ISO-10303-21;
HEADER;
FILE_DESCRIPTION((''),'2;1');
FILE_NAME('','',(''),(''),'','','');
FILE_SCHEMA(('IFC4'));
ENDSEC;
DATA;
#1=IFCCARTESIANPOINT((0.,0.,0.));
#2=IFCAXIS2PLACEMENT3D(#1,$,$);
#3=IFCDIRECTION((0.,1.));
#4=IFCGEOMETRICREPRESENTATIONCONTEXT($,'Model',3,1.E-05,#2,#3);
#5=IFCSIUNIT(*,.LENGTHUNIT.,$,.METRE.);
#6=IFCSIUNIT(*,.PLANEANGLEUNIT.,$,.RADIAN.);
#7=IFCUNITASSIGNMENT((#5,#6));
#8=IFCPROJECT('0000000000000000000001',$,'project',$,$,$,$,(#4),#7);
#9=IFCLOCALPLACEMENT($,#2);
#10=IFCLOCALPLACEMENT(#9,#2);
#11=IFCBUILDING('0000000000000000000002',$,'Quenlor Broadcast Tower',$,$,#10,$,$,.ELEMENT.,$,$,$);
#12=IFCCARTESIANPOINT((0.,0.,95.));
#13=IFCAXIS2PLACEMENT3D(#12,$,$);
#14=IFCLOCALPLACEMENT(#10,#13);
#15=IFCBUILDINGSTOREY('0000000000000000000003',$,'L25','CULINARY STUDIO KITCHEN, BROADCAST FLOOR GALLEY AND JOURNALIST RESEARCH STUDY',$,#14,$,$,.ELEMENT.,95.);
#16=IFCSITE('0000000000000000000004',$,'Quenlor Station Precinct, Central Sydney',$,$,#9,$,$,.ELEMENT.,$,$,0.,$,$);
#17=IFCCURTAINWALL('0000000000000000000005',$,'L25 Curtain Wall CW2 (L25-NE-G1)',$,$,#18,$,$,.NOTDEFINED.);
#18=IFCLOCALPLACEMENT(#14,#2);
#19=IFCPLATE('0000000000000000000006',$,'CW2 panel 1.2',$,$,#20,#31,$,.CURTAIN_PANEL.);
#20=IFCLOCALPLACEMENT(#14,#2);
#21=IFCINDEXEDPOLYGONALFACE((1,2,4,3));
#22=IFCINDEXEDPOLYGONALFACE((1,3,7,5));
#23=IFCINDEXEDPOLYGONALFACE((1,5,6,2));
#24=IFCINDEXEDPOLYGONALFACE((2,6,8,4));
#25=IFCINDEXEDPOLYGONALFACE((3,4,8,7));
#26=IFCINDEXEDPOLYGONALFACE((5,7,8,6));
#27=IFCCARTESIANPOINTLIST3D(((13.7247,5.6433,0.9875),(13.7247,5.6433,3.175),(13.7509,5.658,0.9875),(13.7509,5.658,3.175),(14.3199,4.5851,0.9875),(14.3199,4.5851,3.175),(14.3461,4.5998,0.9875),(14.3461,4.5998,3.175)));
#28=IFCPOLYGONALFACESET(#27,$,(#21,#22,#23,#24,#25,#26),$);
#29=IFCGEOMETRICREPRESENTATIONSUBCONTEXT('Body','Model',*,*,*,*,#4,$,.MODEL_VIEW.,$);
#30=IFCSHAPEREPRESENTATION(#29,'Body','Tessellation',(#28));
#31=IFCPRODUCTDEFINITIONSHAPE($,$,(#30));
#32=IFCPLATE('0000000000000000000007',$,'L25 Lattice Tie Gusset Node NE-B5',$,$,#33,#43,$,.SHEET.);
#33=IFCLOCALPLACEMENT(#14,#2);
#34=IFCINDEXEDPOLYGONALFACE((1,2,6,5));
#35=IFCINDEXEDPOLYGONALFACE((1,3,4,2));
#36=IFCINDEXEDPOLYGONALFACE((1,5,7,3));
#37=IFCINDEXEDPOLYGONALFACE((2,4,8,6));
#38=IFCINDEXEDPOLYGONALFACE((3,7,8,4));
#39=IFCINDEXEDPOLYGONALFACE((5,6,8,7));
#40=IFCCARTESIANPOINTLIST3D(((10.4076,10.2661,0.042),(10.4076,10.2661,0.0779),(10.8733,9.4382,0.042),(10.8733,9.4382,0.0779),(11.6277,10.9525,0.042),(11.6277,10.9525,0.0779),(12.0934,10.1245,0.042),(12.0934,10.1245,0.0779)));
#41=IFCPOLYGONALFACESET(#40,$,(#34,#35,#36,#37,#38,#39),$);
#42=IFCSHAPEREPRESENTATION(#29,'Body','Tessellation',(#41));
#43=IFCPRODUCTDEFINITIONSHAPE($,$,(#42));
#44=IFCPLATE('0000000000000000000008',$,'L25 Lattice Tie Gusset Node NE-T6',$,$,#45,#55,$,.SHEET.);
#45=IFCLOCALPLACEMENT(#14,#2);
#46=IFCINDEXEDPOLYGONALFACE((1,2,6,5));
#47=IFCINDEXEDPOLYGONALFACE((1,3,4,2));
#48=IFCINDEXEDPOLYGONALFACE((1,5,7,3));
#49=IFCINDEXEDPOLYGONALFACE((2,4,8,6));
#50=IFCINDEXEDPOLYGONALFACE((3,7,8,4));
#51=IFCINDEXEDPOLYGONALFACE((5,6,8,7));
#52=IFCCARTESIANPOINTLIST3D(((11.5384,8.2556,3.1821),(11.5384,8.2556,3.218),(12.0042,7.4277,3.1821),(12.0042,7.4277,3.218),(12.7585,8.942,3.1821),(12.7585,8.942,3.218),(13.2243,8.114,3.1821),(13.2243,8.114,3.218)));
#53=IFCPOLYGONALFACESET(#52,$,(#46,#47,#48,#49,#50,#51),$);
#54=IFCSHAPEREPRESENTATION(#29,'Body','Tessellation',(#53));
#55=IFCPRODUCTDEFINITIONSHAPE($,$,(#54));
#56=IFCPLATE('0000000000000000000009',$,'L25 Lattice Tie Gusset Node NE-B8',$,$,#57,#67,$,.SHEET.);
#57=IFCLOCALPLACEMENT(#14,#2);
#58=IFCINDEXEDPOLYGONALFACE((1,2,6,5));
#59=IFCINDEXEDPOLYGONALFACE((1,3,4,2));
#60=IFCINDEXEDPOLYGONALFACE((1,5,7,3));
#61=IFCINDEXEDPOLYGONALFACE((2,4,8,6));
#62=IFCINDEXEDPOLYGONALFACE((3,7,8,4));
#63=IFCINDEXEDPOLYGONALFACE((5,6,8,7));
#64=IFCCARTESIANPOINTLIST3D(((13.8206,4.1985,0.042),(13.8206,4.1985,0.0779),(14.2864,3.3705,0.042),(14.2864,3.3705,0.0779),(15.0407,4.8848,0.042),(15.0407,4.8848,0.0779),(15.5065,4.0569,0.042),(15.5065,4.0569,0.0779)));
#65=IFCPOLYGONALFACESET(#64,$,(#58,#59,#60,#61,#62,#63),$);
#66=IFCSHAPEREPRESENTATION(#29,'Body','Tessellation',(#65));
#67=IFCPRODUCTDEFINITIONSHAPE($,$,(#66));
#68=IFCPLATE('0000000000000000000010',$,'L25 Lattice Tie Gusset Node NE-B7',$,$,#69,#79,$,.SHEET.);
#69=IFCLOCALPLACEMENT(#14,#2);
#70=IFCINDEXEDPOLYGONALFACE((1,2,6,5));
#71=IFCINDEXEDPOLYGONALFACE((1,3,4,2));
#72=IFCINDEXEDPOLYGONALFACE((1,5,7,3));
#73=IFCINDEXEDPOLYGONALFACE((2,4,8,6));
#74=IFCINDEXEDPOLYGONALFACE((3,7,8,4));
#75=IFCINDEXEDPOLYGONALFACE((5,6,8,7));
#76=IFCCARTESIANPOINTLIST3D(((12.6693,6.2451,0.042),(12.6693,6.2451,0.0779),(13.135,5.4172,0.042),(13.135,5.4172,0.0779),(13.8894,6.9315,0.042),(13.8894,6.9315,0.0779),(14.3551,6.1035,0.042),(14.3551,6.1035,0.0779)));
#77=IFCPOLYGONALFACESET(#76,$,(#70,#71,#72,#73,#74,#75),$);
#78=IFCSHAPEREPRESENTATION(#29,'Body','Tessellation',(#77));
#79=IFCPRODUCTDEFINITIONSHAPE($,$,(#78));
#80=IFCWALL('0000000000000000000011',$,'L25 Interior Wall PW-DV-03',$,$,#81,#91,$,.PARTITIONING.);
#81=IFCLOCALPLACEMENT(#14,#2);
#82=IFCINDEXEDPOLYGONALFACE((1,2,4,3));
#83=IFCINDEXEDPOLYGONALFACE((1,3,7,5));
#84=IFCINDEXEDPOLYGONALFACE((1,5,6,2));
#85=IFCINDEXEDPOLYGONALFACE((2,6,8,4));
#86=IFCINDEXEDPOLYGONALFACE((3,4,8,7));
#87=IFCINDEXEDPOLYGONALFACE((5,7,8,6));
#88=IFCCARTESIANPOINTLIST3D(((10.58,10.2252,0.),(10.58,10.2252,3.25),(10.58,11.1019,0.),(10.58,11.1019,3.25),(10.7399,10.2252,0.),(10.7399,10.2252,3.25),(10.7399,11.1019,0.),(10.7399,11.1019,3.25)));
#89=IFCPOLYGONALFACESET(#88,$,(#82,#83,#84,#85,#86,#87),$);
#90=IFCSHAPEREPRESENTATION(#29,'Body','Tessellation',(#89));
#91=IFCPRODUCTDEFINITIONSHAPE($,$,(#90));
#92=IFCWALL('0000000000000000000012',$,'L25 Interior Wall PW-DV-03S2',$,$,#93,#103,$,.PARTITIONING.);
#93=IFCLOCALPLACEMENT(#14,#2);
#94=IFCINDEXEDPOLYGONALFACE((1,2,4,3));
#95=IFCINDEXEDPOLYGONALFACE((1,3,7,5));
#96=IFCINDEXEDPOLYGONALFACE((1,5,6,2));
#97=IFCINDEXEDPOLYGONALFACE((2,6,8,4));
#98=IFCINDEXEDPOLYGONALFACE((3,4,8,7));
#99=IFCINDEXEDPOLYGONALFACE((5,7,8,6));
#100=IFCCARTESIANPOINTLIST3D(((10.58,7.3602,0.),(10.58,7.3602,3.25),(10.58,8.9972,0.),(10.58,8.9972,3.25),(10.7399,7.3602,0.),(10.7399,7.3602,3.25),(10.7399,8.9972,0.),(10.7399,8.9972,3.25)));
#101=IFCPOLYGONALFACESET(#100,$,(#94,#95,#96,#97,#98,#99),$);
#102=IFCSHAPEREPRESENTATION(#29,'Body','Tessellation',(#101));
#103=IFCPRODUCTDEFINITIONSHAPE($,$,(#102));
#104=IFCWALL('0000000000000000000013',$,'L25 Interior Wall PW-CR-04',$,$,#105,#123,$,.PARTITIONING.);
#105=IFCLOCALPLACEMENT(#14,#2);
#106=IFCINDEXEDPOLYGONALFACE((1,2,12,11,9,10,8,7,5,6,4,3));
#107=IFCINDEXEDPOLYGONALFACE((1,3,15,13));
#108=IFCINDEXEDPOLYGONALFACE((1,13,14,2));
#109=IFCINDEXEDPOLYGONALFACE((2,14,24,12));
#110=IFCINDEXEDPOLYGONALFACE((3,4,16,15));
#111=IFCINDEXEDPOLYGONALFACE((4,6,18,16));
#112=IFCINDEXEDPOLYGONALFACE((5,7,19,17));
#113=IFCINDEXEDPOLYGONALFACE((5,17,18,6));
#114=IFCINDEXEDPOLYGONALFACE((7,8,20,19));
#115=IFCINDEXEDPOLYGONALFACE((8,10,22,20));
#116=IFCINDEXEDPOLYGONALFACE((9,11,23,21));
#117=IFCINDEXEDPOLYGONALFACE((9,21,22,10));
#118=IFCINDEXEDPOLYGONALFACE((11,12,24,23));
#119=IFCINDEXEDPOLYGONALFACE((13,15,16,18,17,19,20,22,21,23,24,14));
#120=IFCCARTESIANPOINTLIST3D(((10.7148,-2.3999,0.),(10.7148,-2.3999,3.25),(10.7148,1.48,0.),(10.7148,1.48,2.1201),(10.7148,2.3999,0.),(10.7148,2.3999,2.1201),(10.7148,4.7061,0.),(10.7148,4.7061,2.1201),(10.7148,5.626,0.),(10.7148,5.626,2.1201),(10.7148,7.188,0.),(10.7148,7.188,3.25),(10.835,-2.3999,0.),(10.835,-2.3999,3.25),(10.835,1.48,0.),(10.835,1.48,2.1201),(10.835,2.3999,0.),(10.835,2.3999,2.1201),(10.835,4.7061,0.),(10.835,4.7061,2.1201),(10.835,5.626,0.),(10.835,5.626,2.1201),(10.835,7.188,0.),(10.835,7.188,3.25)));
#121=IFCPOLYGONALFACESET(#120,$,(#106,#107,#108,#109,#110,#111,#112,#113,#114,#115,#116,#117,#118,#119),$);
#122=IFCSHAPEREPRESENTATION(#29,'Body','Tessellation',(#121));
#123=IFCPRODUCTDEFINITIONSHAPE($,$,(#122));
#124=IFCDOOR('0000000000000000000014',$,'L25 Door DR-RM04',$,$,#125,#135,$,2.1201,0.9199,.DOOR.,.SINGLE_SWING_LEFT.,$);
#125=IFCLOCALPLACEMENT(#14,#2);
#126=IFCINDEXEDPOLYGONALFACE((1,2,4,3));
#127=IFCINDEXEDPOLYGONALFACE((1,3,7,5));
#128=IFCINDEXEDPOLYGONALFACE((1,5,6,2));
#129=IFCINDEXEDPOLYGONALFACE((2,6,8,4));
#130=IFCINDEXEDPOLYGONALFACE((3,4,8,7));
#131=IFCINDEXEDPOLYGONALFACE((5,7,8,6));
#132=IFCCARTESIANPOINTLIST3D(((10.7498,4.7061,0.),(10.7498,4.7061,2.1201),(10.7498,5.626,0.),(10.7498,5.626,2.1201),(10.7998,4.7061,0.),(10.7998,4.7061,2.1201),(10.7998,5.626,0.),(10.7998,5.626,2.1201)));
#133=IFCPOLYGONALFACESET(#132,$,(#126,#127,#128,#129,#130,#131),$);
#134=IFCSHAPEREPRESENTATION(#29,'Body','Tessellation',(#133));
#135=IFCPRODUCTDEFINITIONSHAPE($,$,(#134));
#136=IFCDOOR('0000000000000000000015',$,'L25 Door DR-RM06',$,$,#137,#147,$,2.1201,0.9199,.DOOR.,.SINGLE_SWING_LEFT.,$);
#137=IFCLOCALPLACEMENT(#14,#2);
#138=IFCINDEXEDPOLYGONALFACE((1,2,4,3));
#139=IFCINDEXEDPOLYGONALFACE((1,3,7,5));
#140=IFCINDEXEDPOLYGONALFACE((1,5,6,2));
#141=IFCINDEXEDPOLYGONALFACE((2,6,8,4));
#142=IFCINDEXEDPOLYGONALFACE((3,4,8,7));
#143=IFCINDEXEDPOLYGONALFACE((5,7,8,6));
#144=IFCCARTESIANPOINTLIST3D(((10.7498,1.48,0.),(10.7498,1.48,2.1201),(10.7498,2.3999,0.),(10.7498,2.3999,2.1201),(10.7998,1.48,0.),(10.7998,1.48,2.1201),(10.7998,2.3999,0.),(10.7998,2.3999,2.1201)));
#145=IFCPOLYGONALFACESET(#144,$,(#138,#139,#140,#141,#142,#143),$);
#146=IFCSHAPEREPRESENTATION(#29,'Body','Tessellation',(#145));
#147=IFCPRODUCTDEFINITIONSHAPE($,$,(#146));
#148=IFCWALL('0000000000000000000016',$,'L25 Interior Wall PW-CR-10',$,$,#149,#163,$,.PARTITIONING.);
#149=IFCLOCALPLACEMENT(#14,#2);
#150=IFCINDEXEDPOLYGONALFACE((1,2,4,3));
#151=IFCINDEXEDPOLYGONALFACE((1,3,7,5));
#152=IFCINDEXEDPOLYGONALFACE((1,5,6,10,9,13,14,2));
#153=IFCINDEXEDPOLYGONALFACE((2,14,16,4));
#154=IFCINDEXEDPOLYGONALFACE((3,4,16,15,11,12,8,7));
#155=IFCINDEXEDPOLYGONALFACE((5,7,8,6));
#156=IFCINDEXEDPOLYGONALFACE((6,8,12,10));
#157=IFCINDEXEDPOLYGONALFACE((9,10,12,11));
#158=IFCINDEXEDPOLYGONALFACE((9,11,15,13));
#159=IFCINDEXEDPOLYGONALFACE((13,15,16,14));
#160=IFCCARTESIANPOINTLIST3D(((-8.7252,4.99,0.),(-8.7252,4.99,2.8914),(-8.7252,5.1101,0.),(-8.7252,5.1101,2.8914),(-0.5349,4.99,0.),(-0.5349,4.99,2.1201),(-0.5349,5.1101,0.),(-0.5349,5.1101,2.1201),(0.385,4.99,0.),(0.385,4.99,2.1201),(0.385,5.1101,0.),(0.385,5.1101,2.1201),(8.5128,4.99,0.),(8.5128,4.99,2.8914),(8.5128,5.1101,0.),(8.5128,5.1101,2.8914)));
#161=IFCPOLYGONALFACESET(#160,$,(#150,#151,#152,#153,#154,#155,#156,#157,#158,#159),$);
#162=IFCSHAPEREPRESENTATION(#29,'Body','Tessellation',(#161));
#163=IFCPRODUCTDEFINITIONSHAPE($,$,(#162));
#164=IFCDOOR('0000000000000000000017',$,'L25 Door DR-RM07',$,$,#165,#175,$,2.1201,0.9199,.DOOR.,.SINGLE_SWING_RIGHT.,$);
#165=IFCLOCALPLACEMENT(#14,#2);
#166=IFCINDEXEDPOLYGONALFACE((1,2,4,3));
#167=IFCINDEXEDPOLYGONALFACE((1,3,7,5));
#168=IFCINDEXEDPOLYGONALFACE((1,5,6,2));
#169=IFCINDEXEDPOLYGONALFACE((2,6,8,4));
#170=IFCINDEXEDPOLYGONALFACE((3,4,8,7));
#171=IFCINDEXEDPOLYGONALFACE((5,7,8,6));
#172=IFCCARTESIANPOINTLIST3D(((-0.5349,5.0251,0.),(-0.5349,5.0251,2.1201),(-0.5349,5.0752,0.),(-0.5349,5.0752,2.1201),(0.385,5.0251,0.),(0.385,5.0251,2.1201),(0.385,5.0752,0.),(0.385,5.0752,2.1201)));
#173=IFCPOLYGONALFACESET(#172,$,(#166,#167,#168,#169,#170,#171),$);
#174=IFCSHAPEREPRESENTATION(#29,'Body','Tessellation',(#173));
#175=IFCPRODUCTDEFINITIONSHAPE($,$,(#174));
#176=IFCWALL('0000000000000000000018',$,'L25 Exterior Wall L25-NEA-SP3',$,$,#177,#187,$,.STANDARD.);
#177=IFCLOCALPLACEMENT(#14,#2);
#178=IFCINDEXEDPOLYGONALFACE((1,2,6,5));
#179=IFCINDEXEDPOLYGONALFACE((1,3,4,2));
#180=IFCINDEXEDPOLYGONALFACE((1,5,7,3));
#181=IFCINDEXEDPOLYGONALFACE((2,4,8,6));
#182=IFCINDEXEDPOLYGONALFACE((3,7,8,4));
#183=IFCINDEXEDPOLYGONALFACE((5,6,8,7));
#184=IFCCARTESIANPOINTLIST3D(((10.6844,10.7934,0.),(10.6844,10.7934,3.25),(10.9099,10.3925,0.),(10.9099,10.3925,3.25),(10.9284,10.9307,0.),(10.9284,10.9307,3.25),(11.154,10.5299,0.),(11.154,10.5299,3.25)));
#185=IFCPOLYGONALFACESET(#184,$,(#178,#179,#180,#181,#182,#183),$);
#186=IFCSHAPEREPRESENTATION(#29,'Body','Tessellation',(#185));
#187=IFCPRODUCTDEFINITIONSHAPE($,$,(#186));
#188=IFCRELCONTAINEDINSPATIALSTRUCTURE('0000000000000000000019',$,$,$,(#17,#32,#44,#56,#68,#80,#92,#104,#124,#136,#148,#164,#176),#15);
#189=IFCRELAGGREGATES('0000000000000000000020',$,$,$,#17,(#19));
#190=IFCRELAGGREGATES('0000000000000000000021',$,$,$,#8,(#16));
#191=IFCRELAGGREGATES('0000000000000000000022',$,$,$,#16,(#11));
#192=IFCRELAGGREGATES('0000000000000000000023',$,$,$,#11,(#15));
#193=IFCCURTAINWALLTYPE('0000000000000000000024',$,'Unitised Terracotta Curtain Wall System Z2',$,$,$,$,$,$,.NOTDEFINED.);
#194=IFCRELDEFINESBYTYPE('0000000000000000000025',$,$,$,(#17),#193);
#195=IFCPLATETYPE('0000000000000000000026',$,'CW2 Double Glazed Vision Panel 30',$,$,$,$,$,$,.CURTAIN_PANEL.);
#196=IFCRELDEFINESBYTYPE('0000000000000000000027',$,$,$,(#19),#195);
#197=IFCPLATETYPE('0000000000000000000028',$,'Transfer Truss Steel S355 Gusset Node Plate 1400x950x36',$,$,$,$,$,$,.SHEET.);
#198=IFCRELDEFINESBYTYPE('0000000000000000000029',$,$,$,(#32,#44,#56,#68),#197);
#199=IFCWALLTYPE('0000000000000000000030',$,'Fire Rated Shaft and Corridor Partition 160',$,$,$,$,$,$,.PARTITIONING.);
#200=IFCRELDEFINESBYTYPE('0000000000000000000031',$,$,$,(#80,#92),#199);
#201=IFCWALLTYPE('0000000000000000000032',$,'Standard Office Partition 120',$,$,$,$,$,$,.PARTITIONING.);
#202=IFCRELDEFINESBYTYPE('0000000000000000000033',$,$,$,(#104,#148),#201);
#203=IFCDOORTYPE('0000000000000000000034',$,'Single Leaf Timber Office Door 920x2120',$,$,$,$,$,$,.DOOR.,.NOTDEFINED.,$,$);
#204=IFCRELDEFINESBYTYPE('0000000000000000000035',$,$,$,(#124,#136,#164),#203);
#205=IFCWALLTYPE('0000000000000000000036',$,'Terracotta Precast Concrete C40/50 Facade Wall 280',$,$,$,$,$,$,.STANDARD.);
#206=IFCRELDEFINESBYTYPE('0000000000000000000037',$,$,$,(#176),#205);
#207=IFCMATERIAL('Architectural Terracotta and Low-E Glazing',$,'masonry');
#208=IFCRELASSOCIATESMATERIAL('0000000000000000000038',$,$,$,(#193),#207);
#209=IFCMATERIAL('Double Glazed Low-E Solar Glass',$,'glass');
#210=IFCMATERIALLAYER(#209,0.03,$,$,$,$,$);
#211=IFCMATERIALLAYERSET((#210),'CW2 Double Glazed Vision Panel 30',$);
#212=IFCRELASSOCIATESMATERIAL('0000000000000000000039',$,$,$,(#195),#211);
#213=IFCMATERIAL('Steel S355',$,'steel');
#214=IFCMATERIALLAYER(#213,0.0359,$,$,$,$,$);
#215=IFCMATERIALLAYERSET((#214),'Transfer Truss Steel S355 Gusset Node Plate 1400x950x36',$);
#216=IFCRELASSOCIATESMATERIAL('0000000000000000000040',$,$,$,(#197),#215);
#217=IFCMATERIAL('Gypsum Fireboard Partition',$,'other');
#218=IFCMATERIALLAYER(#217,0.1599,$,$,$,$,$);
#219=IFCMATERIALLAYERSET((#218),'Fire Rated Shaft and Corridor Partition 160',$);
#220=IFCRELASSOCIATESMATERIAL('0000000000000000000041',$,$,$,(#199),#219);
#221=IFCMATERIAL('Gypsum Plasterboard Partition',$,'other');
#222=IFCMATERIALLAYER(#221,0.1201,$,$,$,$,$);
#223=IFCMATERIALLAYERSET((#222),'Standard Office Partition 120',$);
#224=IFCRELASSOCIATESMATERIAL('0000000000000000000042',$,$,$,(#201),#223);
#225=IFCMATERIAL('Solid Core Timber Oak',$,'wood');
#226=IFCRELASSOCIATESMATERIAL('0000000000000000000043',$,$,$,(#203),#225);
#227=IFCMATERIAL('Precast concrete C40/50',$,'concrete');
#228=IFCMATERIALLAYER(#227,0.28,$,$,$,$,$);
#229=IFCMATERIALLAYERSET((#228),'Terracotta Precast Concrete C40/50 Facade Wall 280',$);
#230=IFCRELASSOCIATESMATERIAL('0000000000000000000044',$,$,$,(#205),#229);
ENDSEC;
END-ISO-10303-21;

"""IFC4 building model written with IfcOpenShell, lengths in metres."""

from ifc_helpers import new_model, si_unit, direction, frame, frame_2d, origin, origin_2d, place, context, subcontext, project, spatial, rectangle, extrude, material, layer, layer_set, type_object, element, fill, aggregate, save


model = new_model("IFC4")

# Units and contexts
model_context = context("Model", 3, precision=1e-05, world=origin(), true_north=direction((0.0, 1.0)))
body_context = subcontext(model_context, "Body", "Model", "MODEL_VIEW")
ifc_project = project(units=[si_unit("LENGTHUNIT", "METRE"), si_unit("PLANEANGLEUNIT", "RADIAN")], contexts=[model_context])

# Site, building, storey
site_placement = place(None, origin())
site = spatial("IfcSite", under=ifc_project, at=site_placement, Name="Quenlor Station Precinct, Central Sydney", CompositionType="ELEMENT", RefElevation=0.0)
building_placement = place(site_placement, origin())
building = spatial("IfcBuilding", under=site, at=building_placement, Name="Quenlor Broadcast Tower", CompositionType="ELEMENT")
storey_placement = place(building_placement, frame((0.0, 0.0, 95.0)))
storey = spatial("IfcBuildingStorey", under=building, at=storey_placement, Name="L25", Description="CULINARY STUDIO KITCHEN, BROADCAST FLOOR GALLEY AND JOURNALIST RESEARCH STUDY", CompositionType="ELEMENT", Elevation=95.0)

# Shared definitions
ifc_material_1 = material(Name="Architectural Terracotta and Low-E Glazing", Category="masonry")
curtain_wall_type = type_object("IfcCurtainWallType", Name="Unitised Terracotta Curtain Wall System Z2", PredefinedType="NOTDEFINED", material=ifc_material_1)

# Curtain wall
curtain_wall_1_placement = place(storey_placement, origin())
curtain_wall_1 = element("IfcCurtainWall", 1, at=curtain_wall_1_placement, inside=storey, type_object=curtain_wall_type, Name="L25 Curtain Wall CW2 (L25-NE-G1)", PredefinedType="NOTDEFINED")

# Plate
ifc_material_2 = material(Name="Double Glazed Low-E Solar Glass", Category="glass")
ifc_layer_1 = layer(ifc_material_2, 0.03)
ifc_layer_set_1 = layer_set([ifc_layer_1], Name="CW2 Double Glazed Vision Panel 30")
plate_type_1 = type_object("IfcPlateType", Name="CW2 Double Glazed Vision Panel 30", PredefinedType="CURTAIN_PANEL", material=ifc_layer_set_1)
plate_1_placement = place(storey_placement, frame((14.0354, 5.1216, 0.9875), z_axis=(0.0, 0.0, 1.0), x_axis=(0.490254, -0.871579, 0.0)))
plate_1 = element("IfcPlate", 2, at=plate_1_placement, type_object=plate_type_1, Name="CW2 panel 1.2", PredefinedType="CURTAIN_PANEL", context=body_context, shape_type="SweptSolid", body=[
    extrude(rectangle(XDim=1.2141, YDim=0.03, at=origin_2d()), origin(), (0.0, 0.0, 1.0), 2.1875),
])
aggregate(curtain_wall_1, [plate_1])

# Plates
ifc_material_3 = material(Name="Steel S355", Category="steel")
ifc_layer_2 = layer(ifc_material_3, 0.0359)
ifc_layer_set_2 = layer_set([ifc_layer_2], Name="Transfer Truss Steel S355 Gusset Node Plate 1400x950x36")
plate_type_2 = type_object("IfcPlateType", Name="Transfer Truss Steel S355 Gusset Node Plate 1400x950x36", PredefinedType="SHEET", material=ifc_layer_set_2)
for number, where, z_axis, x_axis, name in (
    (3, (11.2505, 10.1953, 0.042), (0.0, 0.0, 1.0), (0.871556, 0.490295, 0.0), "L25 Lattice Tie Gusset Node NE-B5"),
    (4, (12.3813, 8.1848, 3.1821), (0.0, 0.0, 1.0), (0.871556, 0.490295, 0.0), "L25 Lattice Tie Gusset Node NE-T6"),
    (5, (14.6636, 4.1277, 0.042), (0.0, 0.0, 1.0), (0.871556, 0.490295, 0.0), "L25 Lattice Tie Gusset Node NE-B8"),
    (6, (13.5122, 6.1743, 0.042), (0.0, 0.0, 1.0), (0.871556, 0.490295, 0.0), "L25 Lattice Tie Gusset Node NE-B7"),
):
    element("IfcPlate", number, at=place(storey_placement, frame(where, z_axis=z_axis, x_axis=x_axis)), inside=storey, type_object=plate_type_2, Name=name, PredefinedType="SHEET", context=body_context, shape_type="SweptSolid", body=[
        extrude(rectangle(XDim=1.3999, YDim=0.95, at=origin_2d()), origin(), (0.0, 0.0, 1.0), 0.0359),
    ])

# Walls
ifc_material_4 = material(Name="Gypsum Fireboard Partition", Category="other")
ifc_layer_3 = layer(ifc_material_4, 0.1599)
ifc_layer_set_3 = layer_set([ifc_layer_3], Name="Fire Rated Shaft and Corridor Partition 160")
wall_type_1 = type_object("IfcWallType", Name="Fire Rated Shaft and Corridor Partition 160", PredefinedType="PARTITIONING", material=ifc_layer_set_3)
wall_1_placement = place(storey_placement, frame((10.6599, 11.1021, 0.0), z_axis=(0.0, 0.0, 1.0), x_axis=(0.0, -1.0, 0.0)))
element("IfcWall", 7, at=wall_1_placement, inside=storey, type_object=wall_type_1, Name="L25 Interior Wall PW-DV-03", PredefinedType="PARTITIONING", context=body_context, shape_type="SweptSolid", body=[
    extrude(rectangle(XDim=0.8767, YDim=0.1599, at=frame_2d((0.4385, 0.0))), origin(), (0.0, 0.0, 1.0), 3.25),
])
wall_2_placement = place(storey_placement, frame((10.6599, 8.9971, 0.0), z_axis=(0.0, 0.0, 1.0), x_axis=(0.0, -1.0, 0.0)))
element("IfcWall", 8, at=wall_2_placement, inside=storey, type_object=wall_type_1, Name="L25 Interior Wall PW-DV-03S2", PredefinedType="PARTITIONING", context=body_context, shape_type="SweptSolid", body=[
    extrude(rectangle(XDim=1.637, YDim=0.1599, at=frame_2d((0.8184, 0.0))), origin(), (0.0, 0.0, 1.0), 3.25),
])

# Wall, openings, doors
ifc_material_5 = material(Name="Gypsum Plasterboard Partition", Category="other")
ifc_layer_4 = layer(ifc_material_5, 0.1201)
ifc_layer_set_4 = layer_set([ifc_layer_4], Name="Standard Office Partition 120")
wall_type_2 = type_object("IfcWallType", Name="Standard Office Partition 120", PredefinedType="PARTITIONING", material=ifc_layer_set_4)
wall_3_placement = place(storey_placement, frame((10.7749, 7.188, 0.0), z_axis=(0.0, 0.0, 1.0), x_axis=(0.0, -1.0, 0.0)))
wall_3 = element("IfcWall", 9, at=wall_3_placement, inside=storey, type_object=wall_type_2, Name="L25 Interior Wall PW-CR-04", PredefinedType="PARTITIONING", context=body_context, shape_type="SweptSolid", body=[
    extrude(rectangle(XDim=9.5879, YDim=0.1201, at=frame_2d((4.7939, 0.0))), origin(), (0.0, 0.0, 1.0), 3.25),
])
opening_1_placement = place(wall_3_placement, frame((1.562, 0.0, 0.0)))
opening_1 = element("IfcOpeningElement", 10, at=opening_1_placement, cuts=wall_3, PredefinedType="OPENING", context=body_context, shape_type="SweptSolid", body=[
    extrude(rectangle(XDim=0.9199, YDim=2.1201, at=frame_2d((0.46, 1.0601))), frame((0.0, 0.0701, 0.0), z_axis=(0.0, -1.0, 0.0), x_axis=(1.0, 0.0, 0.0)), (0.0, 0.0, 1.0), 0.1401),
])
opening_2_placement = place(wall_3_placement, frame((4.7881, 0.0, 0.0)))
opening_2 = element("IfcOpeningElement", 11, at=opening_2_placement, cuts=wall_3, PredefinedType="OPENING", context=body_context, shape_type="SweptSolid", body=[
    extrude(rectangle(XDim=0.9199, YDim=2.1201, at=frame_2d((0.46, 1.0601))), frame((0.0, 0.0701, 0.0), z_axis=(0.0, -1.0, 0.0), x_axis=(1.0, 0.0, 0.0)), (0.0, 0.0, 1.0), 0.1401),
])
ifc_material_6 = material(Name="Solid Core Timber Oak", Category="wood")
door_type = type_object("IfcDoorType", Name="Single Leaf Timber Office Door 920x2120", OperationType="NOTDEFINED", PredefinedType="DOOR", material=ifc_material_6)
door_1_placement = place(opening_1_placement, origin())
door_1 = element("IfcDoor", 12, at=door_1_placement, inside=storey, type_object=door_type, Name="L25 Door DR-RM04", OperationType="SINGLE_SWING_LEFT", OverallHeight=2.1201, OverallWidth=0.9199, PredefinedType="DOOR", context=body_context, shape_type="SweptSolid", body=[
    extrude(rectangle(XDim=0.9199, YDim=2.1201, at=frame_2d((0.46, 1.0601))), frame((0.0, 0.0249, 0.0), z_axis=(0.0, -1.0, 0.0), x_axis=(1.0, 0.0, 0.0)), (0.0, 0.0, 1.0), 0.05),
])
fill(opening_1, door_1)
door_2_placement = place(opening_2_placement, origin())
door_2 = element("IfcDoor", 13, at=door_2_placement, inside=storey, type_object=door_type, Name="L25 Door DR-RM06", OperationType="SINGLE_SWING_LEFT", OverallHeight=2.1201, OverallWidth=0.9199, PredefinedType="DOOR", context=body_context, shape_type="SweptSolid", body=[
    extrude(rectangle(XDim=0.9199, YDim=2.1201, at=frame_2d((0.46, 1.0601))), frame((0.0, 0.0249, 0.0), z_axis=(0.0, -1.0, 0.0), x_axis=(1.0, 0.0, 0.0)), (0.0, 0.0, 1.0), 0.05),
])
fill(opening_2, door_2)

# Wall, opening, door
wall_4_placement = place(storey_placement, frame((8.5129, 5.05, 0.0), z_axis=(0.0, 0.0, 1.0), x_axis=(-1.0, 0.0, 0.0)))
wall_4 = element("IfcWall", 14, at=wall_4_placement, inside=storey, type_object=wall_type_2, Name="L25 Interior Wall PW-CR-10", PredefinedType="PARTITIONING", context=body_context, shape_type="SweptSolid", body=[
    extrude(rectangle(XDim=17.238, YDim=0.1201, at=frame_2d((8.6191, 0.0))), origin(), (0.0, 0.0, 1.0), 2.8914),
])
opening_3_placement = place(wall_4_placement, frame((8.1279, 0.0, 0.0)))
opening_3 = element("IfcOpeningElement", 15, at=opening_3_placement, cuts=wall_4, PredefinedType="OPENING", context=body_context, shape_type="SweptSolid", body=[
    extrude(rectangle(XDim=0.9199, YDim=2.1201, at=frame_2d((0.46, 1.0601))), frame((0.0, 0.0701, 0.0), z_axis=(0.0, -1.0, 0.0), x_axis=(1.0, 0.0, 0.0)), (0.0, 0.0, 1.0), 0.1401),
])
door_3_placement = place(opening_3_placement, origin())
door_3 = element("IfcDoor", 16, at=door_3_placement, inside=storey, type_object=door_type, Name="L25 Door DR-RM07", OperationType="SINGLE_SWING_RIGHT", OverallHeight=2.1201, OverallWidth=0.9199, PredefinedType="DOOR", context=body_context, shape_type="SweptSolid", body=[
    extrude(rectangle(XDim=0.9199, YDim=2.1201, at=frame_2d((0.46, 1.0601))), frame((0.0, 0.0249, 0.0), z_axis=(0.0, -1.0, 0.0), x_axis=(1.0, 0.0, 0.0)), (0.0, 0.0, 1.0), 0.05),
])
fill(opening_3, door_3)

# Wall
ifc_material_7 = material(Name="Precast concrete C40/50", Category="concrete")
ifc_layer_5 = layer(ifc_material_7, 0.28)
ifc_layer_set_5 = layer_set([ifc_layer_5], Name="Terracotta Precast Concrete C40/50 Facade Wall 280")
wall_type_3 = type_object("IfcWallType", Name="Terracotta Precast Concrete C40/50 Facade Wall 280", PredefinedType="STANDARD", material=ifc_layer_set_5)
wall_5_placement = place(storey_placement, frame((10.8064, 10.8621, 0.0), z_axis=(0.0, 0.0, 1.0), x_axis=(0.490412, -0.87149, 0.0)))
element("IfcWall", 17, at=wall_5_placement, inside=storey, type_object=wall_type_3, Name="L25 Exterior Wall L25-NEA-SP3", PredefinedType="STANDARD", context=body_context, shape_type="SweptSolid", body=[
    extrude(rectangle(XDim=0.46, YDim=0.28, at=frame_2d((0.23, 0.0))), origin(), (0.0, 0.0, 1.0), 3.25),
])

save(model, "model.ifc")
